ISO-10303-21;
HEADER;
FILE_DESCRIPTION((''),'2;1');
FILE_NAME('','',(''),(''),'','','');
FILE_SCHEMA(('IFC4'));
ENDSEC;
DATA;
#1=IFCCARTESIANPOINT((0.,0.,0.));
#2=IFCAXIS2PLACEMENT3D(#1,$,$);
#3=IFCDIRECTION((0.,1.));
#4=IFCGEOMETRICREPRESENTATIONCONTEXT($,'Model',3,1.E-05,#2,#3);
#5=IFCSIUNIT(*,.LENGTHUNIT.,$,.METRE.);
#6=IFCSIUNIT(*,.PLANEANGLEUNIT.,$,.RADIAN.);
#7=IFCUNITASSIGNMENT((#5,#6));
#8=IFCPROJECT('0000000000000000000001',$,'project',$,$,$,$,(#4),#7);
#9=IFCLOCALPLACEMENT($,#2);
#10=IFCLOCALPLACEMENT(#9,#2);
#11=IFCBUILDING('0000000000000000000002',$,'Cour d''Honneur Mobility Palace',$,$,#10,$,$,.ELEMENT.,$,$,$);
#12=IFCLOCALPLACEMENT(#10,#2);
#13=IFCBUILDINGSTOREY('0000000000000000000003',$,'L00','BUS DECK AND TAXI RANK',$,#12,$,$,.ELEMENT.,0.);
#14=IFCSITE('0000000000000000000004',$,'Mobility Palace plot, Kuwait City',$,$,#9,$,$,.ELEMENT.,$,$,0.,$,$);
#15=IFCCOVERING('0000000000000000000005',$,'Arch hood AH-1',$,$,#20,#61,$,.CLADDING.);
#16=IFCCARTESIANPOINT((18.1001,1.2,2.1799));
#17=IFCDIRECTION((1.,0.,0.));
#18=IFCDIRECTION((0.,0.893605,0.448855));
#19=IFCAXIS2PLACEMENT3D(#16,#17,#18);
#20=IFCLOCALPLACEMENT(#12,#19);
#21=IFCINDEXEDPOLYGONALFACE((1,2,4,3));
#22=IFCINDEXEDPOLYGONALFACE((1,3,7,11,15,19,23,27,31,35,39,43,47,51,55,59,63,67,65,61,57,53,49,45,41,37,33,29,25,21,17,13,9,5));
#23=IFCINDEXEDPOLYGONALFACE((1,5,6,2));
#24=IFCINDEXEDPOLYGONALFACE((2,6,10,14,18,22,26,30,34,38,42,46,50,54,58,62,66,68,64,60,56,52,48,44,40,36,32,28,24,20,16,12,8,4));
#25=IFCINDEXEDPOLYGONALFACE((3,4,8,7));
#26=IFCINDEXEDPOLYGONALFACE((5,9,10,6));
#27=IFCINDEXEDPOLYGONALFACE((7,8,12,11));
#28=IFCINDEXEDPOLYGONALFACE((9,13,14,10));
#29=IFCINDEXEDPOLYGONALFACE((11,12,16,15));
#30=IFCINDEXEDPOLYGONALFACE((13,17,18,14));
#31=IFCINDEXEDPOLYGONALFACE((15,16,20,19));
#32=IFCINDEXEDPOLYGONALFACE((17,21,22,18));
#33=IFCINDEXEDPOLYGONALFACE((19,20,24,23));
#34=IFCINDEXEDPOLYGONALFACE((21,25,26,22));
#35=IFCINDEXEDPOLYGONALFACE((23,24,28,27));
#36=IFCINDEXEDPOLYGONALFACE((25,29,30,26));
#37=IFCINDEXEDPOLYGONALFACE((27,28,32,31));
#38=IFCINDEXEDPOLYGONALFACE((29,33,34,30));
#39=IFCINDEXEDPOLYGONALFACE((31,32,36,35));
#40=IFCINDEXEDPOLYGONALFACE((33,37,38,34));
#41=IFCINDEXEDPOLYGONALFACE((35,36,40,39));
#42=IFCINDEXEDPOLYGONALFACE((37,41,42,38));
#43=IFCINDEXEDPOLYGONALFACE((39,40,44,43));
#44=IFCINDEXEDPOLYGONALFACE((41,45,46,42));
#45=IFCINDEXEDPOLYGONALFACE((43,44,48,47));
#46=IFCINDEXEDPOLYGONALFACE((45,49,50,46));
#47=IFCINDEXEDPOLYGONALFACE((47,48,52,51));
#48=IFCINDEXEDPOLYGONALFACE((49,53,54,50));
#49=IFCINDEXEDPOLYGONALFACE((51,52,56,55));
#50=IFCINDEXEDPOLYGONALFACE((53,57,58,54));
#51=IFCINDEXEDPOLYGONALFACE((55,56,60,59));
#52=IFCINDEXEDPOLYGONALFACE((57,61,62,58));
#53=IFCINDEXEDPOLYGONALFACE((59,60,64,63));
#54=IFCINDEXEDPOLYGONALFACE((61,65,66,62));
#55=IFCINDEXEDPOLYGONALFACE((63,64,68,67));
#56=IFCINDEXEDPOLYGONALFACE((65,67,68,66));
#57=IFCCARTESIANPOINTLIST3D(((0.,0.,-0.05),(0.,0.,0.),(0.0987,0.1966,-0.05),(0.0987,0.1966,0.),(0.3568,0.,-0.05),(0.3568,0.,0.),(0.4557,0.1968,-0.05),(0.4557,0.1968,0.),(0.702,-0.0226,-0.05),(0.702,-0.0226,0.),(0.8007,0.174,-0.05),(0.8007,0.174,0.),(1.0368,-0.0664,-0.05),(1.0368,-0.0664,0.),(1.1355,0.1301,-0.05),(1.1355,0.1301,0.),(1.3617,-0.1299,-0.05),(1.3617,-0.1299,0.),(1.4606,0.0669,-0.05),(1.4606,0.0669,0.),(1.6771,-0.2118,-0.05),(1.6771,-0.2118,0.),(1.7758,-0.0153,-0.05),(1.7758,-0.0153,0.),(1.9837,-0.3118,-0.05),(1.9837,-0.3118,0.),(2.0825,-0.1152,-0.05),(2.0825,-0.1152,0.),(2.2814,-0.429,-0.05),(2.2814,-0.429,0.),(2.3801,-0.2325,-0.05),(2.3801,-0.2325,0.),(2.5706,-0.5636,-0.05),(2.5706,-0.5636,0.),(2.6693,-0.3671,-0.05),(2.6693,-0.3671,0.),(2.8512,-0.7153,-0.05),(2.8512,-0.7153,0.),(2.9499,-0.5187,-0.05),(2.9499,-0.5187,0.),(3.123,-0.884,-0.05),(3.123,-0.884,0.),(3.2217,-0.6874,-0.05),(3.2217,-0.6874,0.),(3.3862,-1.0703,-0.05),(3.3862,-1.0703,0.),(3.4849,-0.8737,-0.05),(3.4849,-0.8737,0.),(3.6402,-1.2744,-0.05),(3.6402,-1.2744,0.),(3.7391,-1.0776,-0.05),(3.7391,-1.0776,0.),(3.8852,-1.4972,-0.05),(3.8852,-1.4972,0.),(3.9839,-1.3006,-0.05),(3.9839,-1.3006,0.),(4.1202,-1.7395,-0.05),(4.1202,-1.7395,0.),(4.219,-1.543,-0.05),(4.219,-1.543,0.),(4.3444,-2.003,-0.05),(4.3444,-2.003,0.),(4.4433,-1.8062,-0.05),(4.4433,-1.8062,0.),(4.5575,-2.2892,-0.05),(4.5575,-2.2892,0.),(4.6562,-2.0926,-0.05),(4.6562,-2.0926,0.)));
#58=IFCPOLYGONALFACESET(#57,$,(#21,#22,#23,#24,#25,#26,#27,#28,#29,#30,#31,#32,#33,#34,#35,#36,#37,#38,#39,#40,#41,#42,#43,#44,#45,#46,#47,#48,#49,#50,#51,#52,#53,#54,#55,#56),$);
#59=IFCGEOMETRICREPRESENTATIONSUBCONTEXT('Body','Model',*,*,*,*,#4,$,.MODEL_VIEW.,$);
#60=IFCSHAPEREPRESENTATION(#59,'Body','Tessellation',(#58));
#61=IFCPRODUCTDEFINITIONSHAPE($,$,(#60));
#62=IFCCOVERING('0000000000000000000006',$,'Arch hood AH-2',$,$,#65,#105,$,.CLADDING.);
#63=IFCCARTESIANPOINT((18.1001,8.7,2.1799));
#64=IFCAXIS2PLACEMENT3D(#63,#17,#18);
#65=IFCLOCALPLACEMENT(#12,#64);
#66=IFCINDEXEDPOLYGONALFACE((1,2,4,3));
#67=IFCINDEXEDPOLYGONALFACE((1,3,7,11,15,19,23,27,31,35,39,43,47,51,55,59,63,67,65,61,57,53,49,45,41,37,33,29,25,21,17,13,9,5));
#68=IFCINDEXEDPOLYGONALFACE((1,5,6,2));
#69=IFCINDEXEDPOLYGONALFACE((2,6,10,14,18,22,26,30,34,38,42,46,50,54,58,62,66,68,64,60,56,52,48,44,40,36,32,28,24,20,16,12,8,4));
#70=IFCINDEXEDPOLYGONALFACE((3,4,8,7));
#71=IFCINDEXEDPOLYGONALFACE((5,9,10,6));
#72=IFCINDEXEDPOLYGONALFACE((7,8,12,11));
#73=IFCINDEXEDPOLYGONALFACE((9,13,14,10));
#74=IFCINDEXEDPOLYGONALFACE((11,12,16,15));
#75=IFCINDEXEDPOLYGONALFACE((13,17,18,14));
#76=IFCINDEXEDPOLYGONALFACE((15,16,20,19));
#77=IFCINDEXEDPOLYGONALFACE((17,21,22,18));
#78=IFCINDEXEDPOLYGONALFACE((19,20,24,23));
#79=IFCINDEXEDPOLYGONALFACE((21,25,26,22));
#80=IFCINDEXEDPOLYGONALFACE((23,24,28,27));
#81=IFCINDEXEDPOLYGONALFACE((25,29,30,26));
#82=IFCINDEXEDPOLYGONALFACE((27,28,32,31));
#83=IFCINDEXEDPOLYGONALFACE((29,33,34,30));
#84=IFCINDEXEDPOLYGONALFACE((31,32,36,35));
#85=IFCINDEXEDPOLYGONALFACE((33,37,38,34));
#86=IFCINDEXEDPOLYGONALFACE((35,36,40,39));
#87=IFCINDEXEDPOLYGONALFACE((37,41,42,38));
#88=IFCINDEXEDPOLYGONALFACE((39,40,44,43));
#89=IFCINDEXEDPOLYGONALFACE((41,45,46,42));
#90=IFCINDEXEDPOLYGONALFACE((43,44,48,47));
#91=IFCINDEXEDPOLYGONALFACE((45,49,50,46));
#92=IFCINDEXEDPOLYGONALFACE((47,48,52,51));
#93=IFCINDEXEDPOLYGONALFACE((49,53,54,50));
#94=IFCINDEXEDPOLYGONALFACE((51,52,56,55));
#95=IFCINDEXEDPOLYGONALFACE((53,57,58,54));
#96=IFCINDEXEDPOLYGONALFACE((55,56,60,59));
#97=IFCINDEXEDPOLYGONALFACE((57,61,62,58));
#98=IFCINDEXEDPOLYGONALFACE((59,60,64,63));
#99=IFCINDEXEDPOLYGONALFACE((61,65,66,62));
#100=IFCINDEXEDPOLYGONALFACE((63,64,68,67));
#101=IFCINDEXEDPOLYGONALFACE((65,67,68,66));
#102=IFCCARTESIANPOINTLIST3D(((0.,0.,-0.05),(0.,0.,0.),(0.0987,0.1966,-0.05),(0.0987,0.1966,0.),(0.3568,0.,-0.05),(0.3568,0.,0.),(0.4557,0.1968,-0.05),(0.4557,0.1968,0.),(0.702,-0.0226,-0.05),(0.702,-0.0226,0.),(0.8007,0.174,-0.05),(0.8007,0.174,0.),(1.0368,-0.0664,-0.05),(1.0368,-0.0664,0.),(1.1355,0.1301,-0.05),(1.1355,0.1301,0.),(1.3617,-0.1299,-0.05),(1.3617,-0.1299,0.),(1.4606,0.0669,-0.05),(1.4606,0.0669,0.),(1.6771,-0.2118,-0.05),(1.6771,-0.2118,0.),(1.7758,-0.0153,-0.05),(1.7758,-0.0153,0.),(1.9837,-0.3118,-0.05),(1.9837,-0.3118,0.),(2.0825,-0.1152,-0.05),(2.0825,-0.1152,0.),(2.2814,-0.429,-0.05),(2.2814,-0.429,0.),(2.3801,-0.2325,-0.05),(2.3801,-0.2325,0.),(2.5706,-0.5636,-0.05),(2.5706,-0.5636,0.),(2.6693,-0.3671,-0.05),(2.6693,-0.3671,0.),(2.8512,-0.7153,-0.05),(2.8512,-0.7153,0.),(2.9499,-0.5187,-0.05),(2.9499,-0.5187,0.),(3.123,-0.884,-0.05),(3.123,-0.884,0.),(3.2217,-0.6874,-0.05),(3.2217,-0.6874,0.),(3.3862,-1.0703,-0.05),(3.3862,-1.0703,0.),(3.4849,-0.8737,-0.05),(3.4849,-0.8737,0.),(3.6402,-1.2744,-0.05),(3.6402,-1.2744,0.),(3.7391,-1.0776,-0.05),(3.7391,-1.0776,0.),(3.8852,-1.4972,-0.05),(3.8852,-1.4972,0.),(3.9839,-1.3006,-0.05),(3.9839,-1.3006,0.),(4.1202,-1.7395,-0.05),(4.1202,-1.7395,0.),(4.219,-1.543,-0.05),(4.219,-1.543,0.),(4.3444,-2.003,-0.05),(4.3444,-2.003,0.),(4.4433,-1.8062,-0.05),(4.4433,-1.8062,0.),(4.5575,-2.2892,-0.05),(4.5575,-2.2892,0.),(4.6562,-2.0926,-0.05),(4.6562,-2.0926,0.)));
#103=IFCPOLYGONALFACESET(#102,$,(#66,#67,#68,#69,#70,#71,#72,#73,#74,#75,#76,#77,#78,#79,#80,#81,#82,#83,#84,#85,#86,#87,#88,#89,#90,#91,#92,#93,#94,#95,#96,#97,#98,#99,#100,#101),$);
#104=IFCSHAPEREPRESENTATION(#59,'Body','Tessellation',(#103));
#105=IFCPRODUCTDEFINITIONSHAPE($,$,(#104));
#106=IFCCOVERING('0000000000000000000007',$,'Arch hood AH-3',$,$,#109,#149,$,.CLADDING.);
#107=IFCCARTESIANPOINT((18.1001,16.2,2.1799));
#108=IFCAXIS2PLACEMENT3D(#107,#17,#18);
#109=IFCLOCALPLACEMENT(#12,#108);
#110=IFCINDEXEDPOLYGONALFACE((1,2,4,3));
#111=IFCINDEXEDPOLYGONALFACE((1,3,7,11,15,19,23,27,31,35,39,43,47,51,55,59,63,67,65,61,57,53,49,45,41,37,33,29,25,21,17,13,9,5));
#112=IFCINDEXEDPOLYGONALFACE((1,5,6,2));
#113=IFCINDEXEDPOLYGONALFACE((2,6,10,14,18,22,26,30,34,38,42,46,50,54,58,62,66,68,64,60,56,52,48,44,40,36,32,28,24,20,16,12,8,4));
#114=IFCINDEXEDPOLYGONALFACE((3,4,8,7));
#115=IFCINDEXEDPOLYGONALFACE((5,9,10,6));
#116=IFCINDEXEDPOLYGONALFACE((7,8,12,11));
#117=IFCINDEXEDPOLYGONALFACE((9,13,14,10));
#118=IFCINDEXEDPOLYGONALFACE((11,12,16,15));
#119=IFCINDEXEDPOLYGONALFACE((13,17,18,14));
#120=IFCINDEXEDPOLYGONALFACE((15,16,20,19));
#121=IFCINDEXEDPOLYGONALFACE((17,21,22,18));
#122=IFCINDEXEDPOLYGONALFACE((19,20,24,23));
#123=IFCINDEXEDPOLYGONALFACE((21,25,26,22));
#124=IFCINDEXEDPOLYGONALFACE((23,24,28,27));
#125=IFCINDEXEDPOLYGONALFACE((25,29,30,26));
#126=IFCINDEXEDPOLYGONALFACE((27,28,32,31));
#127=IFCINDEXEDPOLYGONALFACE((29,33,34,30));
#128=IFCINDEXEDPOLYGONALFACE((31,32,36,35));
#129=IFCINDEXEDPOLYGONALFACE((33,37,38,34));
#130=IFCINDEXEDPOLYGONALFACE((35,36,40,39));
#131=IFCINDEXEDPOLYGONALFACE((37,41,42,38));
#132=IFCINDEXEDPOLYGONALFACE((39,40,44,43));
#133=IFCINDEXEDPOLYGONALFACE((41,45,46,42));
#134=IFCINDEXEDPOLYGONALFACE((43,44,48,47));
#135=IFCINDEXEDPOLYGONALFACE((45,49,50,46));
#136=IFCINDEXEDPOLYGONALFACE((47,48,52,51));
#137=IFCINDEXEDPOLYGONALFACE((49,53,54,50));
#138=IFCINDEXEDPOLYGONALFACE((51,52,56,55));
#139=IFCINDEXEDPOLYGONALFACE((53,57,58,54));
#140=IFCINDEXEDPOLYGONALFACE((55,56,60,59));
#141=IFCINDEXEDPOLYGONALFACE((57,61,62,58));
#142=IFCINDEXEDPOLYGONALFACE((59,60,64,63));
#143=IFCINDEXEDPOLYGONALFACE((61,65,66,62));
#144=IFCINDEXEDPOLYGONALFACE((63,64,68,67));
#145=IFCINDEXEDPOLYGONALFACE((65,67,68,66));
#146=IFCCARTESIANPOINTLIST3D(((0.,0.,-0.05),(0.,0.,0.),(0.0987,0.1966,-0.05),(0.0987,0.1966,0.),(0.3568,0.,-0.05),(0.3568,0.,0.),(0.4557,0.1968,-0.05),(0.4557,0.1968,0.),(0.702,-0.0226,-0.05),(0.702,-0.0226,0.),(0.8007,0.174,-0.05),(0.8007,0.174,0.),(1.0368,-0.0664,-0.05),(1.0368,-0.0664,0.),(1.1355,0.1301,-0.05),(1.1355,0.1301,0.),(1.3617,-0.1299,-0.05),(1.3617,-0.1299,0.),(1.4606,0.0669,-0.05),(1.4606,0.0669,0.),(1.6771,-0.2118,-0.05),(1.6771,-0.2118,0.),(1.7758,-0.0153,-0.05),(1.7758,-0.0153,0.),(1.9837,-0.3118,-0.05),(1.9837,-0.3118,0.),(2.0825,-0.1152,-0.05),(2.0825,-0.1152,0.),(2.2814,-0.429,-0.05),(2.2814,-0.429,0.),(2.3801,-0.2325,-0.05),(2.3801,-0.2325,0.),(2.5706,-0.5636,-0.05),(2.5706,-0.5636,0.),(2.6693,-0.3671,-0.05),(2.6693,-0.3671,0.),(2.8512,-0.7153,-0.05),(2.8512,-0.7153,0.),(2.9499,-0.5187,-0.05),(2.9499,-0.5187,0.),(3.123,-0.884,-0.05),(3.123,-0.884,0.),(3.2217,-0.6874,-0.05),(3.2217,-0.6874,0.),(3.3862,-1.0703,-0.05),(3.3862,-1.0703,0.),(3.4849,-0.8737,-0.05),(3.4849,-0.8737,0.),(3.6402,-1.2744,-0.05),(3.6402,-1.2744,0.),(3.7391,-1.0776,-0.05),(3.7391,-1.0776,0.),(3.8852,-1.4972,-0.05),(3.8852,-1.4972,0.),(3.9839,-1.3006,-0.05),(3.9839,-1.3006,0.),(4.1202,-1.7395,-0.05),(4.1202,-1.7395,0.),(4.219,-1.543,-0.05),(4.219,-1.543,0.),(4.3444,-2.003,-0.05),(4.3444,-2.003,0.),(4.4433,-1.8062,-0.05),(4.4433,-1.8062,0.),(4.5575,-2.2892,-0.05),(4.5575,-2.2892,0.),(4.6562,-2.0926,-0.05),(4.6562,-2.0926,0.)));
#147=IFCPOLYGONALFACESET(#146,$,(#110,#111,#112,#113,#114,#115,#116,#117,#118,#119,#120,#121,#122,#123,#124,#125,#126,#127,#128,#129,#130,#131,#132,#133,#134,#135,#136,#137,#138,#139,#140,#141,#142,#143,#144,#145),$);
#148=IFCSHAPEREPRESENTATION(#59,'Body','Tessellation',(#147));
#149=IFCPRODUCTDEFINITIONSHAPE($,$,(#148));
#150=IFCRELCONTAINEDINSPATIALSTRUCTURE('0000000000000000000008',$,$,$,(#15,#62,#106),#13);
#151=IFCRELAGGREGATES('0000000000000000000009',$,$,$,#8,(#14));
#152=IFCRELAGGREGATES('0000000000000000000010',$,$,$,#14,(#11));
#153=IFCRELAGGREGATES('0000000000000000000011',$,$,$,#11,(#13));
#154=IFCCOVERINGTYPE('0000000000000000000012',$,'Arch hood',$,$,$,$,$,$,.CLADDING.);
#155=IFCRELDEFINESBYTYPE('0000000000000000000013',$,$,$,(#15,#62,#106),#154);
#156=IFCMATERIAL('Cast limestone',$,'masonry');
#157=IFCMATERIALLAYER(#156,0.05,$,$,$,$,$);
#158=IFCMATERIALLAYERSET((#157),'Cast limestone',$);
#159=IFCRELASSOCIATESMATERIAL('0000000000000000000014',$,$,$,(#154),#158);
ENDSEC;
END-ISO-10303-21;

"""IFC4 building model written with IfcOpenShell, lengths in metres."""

from ifc_helpers import new_model, si_unit, direction, frame, origin, place, context, subcontext, project, spatial, polyline, outline, extrude, material, layer, layer_set, type_object, element, save


model = new_model("IFC4")

# Units and contexts
model_context = context("Model", 3, precision=1e-05, world=origin(), true_north=direction((0.0, 1.0)))
body_context = subcontext(model_context, "Body", "Model", "MODEL_VIEW")
ifc_project = project(units=[si_unit("LENGTHUNIT", "METRE"), si_unit("PLANEANGLEUNIT", "RADIAN")], contexts=[model_context])

# Site, building, storey
site_placement = place(None, origin())
site = spatial("IfcSite", under=ifc_project, at=site_placement, Name="Mobility Palace plot, Kuwait City", CompositionType="ELEMENT", RefElevation=0.0)
building_placement = place(site_placement, origin())
building = spatial("IfcBuilding", under=site, at=building_placement, Name="Cour d'Honneur Mobility Palace", CompositionType="ELEMENT")
storey_placement = place(building_placement, origin())
storey = spatial("IfcBuildingStorey", under=building, at=storey_placement, Name="L00", Description="BUS DECK AND TAXI RANK", CompositionType="ELEMENT", Elevation=0.0)

# Coverings
ifc_material_1 = material(Name="Cast limestone", Category="masonry")
ifc_layer_1 = layer(ifc_material_1, 0.05)
ifc_layer_set_1 = layer_set([ifc_layer_1], Name="Cast limestone")
covering_type_1 = type_object("IfcCoveringType", Name="Arch hood", PredefinedType="CLADDING", material=ifc_layer_set_1)
for number, where, z_axis, x_axis, name in (
    (1, (18.1001, 1.2, 2.1799), (1.0, 0.0, 0.0), (0.0, 0.893605, 0.448855), "Arch hood AH-1"),
    (2, (18.1001, 8.7, 2.1799), (1.0, 0.0, 0.0), (0.0, 0.893605, 0.448855), "Arch hood AH-2"),
    (3, (18.1001, 16.2, 2.1799), (1.0, 0.0, 0.0), (0.0, 0.893605, 0.448855), "Arch hood AH-3"),
):
    element("IfcCovering", number, at=place(storey_placement, frame(where, z_axis=z_axis, x_axis=x_axis)), inside=storey, type_object=covering_type_1, Name=name, PredefinedType="CLADDING", context=body_context, shape_type="SweptSolid", body=[
        extrude(outline(polyline([(0.0, 0.0), (0.3568, 0.0), (0.702, -0.0226), (1.0368, -0.0664), (1.3617, -0.1299), (1.6771, -0.2118), (1.9837, -0.3118), (2.2814, -0.429), (2.5706, -0.5636), (2.8512, -0.7153), (3.123, -0.884), (3.3862, -1.0703), (3.6402, -1.2744), (3.8852, -1.4972), (4.1202, -1.7395), (4.3444, -2.003), (4.5575, -2.2892), (4.6562, -2.0926), (4.4433, -1.8062), (4.219, -1.543), (3.9839, -1.3006), (3.7391, -1.0776), (3.4849, -0.8737), (3.2217, -0.6874), (2.9499, -0.5187), (2.6693, -0.3671), (2.3801, -0.2325), (2.0825, -0.1152), (1.7758, -0.0153), (1.4606, 0.0669), (1.1355, 0.1301), (0.8007, 0.174), (0.4557, 0.1968), (0.0987, 0.1966), (0.0, 0.0)])), origin(), (0.0, 0.0, -1.0), 0.05),
    ])

save(model, "model.ifc")
